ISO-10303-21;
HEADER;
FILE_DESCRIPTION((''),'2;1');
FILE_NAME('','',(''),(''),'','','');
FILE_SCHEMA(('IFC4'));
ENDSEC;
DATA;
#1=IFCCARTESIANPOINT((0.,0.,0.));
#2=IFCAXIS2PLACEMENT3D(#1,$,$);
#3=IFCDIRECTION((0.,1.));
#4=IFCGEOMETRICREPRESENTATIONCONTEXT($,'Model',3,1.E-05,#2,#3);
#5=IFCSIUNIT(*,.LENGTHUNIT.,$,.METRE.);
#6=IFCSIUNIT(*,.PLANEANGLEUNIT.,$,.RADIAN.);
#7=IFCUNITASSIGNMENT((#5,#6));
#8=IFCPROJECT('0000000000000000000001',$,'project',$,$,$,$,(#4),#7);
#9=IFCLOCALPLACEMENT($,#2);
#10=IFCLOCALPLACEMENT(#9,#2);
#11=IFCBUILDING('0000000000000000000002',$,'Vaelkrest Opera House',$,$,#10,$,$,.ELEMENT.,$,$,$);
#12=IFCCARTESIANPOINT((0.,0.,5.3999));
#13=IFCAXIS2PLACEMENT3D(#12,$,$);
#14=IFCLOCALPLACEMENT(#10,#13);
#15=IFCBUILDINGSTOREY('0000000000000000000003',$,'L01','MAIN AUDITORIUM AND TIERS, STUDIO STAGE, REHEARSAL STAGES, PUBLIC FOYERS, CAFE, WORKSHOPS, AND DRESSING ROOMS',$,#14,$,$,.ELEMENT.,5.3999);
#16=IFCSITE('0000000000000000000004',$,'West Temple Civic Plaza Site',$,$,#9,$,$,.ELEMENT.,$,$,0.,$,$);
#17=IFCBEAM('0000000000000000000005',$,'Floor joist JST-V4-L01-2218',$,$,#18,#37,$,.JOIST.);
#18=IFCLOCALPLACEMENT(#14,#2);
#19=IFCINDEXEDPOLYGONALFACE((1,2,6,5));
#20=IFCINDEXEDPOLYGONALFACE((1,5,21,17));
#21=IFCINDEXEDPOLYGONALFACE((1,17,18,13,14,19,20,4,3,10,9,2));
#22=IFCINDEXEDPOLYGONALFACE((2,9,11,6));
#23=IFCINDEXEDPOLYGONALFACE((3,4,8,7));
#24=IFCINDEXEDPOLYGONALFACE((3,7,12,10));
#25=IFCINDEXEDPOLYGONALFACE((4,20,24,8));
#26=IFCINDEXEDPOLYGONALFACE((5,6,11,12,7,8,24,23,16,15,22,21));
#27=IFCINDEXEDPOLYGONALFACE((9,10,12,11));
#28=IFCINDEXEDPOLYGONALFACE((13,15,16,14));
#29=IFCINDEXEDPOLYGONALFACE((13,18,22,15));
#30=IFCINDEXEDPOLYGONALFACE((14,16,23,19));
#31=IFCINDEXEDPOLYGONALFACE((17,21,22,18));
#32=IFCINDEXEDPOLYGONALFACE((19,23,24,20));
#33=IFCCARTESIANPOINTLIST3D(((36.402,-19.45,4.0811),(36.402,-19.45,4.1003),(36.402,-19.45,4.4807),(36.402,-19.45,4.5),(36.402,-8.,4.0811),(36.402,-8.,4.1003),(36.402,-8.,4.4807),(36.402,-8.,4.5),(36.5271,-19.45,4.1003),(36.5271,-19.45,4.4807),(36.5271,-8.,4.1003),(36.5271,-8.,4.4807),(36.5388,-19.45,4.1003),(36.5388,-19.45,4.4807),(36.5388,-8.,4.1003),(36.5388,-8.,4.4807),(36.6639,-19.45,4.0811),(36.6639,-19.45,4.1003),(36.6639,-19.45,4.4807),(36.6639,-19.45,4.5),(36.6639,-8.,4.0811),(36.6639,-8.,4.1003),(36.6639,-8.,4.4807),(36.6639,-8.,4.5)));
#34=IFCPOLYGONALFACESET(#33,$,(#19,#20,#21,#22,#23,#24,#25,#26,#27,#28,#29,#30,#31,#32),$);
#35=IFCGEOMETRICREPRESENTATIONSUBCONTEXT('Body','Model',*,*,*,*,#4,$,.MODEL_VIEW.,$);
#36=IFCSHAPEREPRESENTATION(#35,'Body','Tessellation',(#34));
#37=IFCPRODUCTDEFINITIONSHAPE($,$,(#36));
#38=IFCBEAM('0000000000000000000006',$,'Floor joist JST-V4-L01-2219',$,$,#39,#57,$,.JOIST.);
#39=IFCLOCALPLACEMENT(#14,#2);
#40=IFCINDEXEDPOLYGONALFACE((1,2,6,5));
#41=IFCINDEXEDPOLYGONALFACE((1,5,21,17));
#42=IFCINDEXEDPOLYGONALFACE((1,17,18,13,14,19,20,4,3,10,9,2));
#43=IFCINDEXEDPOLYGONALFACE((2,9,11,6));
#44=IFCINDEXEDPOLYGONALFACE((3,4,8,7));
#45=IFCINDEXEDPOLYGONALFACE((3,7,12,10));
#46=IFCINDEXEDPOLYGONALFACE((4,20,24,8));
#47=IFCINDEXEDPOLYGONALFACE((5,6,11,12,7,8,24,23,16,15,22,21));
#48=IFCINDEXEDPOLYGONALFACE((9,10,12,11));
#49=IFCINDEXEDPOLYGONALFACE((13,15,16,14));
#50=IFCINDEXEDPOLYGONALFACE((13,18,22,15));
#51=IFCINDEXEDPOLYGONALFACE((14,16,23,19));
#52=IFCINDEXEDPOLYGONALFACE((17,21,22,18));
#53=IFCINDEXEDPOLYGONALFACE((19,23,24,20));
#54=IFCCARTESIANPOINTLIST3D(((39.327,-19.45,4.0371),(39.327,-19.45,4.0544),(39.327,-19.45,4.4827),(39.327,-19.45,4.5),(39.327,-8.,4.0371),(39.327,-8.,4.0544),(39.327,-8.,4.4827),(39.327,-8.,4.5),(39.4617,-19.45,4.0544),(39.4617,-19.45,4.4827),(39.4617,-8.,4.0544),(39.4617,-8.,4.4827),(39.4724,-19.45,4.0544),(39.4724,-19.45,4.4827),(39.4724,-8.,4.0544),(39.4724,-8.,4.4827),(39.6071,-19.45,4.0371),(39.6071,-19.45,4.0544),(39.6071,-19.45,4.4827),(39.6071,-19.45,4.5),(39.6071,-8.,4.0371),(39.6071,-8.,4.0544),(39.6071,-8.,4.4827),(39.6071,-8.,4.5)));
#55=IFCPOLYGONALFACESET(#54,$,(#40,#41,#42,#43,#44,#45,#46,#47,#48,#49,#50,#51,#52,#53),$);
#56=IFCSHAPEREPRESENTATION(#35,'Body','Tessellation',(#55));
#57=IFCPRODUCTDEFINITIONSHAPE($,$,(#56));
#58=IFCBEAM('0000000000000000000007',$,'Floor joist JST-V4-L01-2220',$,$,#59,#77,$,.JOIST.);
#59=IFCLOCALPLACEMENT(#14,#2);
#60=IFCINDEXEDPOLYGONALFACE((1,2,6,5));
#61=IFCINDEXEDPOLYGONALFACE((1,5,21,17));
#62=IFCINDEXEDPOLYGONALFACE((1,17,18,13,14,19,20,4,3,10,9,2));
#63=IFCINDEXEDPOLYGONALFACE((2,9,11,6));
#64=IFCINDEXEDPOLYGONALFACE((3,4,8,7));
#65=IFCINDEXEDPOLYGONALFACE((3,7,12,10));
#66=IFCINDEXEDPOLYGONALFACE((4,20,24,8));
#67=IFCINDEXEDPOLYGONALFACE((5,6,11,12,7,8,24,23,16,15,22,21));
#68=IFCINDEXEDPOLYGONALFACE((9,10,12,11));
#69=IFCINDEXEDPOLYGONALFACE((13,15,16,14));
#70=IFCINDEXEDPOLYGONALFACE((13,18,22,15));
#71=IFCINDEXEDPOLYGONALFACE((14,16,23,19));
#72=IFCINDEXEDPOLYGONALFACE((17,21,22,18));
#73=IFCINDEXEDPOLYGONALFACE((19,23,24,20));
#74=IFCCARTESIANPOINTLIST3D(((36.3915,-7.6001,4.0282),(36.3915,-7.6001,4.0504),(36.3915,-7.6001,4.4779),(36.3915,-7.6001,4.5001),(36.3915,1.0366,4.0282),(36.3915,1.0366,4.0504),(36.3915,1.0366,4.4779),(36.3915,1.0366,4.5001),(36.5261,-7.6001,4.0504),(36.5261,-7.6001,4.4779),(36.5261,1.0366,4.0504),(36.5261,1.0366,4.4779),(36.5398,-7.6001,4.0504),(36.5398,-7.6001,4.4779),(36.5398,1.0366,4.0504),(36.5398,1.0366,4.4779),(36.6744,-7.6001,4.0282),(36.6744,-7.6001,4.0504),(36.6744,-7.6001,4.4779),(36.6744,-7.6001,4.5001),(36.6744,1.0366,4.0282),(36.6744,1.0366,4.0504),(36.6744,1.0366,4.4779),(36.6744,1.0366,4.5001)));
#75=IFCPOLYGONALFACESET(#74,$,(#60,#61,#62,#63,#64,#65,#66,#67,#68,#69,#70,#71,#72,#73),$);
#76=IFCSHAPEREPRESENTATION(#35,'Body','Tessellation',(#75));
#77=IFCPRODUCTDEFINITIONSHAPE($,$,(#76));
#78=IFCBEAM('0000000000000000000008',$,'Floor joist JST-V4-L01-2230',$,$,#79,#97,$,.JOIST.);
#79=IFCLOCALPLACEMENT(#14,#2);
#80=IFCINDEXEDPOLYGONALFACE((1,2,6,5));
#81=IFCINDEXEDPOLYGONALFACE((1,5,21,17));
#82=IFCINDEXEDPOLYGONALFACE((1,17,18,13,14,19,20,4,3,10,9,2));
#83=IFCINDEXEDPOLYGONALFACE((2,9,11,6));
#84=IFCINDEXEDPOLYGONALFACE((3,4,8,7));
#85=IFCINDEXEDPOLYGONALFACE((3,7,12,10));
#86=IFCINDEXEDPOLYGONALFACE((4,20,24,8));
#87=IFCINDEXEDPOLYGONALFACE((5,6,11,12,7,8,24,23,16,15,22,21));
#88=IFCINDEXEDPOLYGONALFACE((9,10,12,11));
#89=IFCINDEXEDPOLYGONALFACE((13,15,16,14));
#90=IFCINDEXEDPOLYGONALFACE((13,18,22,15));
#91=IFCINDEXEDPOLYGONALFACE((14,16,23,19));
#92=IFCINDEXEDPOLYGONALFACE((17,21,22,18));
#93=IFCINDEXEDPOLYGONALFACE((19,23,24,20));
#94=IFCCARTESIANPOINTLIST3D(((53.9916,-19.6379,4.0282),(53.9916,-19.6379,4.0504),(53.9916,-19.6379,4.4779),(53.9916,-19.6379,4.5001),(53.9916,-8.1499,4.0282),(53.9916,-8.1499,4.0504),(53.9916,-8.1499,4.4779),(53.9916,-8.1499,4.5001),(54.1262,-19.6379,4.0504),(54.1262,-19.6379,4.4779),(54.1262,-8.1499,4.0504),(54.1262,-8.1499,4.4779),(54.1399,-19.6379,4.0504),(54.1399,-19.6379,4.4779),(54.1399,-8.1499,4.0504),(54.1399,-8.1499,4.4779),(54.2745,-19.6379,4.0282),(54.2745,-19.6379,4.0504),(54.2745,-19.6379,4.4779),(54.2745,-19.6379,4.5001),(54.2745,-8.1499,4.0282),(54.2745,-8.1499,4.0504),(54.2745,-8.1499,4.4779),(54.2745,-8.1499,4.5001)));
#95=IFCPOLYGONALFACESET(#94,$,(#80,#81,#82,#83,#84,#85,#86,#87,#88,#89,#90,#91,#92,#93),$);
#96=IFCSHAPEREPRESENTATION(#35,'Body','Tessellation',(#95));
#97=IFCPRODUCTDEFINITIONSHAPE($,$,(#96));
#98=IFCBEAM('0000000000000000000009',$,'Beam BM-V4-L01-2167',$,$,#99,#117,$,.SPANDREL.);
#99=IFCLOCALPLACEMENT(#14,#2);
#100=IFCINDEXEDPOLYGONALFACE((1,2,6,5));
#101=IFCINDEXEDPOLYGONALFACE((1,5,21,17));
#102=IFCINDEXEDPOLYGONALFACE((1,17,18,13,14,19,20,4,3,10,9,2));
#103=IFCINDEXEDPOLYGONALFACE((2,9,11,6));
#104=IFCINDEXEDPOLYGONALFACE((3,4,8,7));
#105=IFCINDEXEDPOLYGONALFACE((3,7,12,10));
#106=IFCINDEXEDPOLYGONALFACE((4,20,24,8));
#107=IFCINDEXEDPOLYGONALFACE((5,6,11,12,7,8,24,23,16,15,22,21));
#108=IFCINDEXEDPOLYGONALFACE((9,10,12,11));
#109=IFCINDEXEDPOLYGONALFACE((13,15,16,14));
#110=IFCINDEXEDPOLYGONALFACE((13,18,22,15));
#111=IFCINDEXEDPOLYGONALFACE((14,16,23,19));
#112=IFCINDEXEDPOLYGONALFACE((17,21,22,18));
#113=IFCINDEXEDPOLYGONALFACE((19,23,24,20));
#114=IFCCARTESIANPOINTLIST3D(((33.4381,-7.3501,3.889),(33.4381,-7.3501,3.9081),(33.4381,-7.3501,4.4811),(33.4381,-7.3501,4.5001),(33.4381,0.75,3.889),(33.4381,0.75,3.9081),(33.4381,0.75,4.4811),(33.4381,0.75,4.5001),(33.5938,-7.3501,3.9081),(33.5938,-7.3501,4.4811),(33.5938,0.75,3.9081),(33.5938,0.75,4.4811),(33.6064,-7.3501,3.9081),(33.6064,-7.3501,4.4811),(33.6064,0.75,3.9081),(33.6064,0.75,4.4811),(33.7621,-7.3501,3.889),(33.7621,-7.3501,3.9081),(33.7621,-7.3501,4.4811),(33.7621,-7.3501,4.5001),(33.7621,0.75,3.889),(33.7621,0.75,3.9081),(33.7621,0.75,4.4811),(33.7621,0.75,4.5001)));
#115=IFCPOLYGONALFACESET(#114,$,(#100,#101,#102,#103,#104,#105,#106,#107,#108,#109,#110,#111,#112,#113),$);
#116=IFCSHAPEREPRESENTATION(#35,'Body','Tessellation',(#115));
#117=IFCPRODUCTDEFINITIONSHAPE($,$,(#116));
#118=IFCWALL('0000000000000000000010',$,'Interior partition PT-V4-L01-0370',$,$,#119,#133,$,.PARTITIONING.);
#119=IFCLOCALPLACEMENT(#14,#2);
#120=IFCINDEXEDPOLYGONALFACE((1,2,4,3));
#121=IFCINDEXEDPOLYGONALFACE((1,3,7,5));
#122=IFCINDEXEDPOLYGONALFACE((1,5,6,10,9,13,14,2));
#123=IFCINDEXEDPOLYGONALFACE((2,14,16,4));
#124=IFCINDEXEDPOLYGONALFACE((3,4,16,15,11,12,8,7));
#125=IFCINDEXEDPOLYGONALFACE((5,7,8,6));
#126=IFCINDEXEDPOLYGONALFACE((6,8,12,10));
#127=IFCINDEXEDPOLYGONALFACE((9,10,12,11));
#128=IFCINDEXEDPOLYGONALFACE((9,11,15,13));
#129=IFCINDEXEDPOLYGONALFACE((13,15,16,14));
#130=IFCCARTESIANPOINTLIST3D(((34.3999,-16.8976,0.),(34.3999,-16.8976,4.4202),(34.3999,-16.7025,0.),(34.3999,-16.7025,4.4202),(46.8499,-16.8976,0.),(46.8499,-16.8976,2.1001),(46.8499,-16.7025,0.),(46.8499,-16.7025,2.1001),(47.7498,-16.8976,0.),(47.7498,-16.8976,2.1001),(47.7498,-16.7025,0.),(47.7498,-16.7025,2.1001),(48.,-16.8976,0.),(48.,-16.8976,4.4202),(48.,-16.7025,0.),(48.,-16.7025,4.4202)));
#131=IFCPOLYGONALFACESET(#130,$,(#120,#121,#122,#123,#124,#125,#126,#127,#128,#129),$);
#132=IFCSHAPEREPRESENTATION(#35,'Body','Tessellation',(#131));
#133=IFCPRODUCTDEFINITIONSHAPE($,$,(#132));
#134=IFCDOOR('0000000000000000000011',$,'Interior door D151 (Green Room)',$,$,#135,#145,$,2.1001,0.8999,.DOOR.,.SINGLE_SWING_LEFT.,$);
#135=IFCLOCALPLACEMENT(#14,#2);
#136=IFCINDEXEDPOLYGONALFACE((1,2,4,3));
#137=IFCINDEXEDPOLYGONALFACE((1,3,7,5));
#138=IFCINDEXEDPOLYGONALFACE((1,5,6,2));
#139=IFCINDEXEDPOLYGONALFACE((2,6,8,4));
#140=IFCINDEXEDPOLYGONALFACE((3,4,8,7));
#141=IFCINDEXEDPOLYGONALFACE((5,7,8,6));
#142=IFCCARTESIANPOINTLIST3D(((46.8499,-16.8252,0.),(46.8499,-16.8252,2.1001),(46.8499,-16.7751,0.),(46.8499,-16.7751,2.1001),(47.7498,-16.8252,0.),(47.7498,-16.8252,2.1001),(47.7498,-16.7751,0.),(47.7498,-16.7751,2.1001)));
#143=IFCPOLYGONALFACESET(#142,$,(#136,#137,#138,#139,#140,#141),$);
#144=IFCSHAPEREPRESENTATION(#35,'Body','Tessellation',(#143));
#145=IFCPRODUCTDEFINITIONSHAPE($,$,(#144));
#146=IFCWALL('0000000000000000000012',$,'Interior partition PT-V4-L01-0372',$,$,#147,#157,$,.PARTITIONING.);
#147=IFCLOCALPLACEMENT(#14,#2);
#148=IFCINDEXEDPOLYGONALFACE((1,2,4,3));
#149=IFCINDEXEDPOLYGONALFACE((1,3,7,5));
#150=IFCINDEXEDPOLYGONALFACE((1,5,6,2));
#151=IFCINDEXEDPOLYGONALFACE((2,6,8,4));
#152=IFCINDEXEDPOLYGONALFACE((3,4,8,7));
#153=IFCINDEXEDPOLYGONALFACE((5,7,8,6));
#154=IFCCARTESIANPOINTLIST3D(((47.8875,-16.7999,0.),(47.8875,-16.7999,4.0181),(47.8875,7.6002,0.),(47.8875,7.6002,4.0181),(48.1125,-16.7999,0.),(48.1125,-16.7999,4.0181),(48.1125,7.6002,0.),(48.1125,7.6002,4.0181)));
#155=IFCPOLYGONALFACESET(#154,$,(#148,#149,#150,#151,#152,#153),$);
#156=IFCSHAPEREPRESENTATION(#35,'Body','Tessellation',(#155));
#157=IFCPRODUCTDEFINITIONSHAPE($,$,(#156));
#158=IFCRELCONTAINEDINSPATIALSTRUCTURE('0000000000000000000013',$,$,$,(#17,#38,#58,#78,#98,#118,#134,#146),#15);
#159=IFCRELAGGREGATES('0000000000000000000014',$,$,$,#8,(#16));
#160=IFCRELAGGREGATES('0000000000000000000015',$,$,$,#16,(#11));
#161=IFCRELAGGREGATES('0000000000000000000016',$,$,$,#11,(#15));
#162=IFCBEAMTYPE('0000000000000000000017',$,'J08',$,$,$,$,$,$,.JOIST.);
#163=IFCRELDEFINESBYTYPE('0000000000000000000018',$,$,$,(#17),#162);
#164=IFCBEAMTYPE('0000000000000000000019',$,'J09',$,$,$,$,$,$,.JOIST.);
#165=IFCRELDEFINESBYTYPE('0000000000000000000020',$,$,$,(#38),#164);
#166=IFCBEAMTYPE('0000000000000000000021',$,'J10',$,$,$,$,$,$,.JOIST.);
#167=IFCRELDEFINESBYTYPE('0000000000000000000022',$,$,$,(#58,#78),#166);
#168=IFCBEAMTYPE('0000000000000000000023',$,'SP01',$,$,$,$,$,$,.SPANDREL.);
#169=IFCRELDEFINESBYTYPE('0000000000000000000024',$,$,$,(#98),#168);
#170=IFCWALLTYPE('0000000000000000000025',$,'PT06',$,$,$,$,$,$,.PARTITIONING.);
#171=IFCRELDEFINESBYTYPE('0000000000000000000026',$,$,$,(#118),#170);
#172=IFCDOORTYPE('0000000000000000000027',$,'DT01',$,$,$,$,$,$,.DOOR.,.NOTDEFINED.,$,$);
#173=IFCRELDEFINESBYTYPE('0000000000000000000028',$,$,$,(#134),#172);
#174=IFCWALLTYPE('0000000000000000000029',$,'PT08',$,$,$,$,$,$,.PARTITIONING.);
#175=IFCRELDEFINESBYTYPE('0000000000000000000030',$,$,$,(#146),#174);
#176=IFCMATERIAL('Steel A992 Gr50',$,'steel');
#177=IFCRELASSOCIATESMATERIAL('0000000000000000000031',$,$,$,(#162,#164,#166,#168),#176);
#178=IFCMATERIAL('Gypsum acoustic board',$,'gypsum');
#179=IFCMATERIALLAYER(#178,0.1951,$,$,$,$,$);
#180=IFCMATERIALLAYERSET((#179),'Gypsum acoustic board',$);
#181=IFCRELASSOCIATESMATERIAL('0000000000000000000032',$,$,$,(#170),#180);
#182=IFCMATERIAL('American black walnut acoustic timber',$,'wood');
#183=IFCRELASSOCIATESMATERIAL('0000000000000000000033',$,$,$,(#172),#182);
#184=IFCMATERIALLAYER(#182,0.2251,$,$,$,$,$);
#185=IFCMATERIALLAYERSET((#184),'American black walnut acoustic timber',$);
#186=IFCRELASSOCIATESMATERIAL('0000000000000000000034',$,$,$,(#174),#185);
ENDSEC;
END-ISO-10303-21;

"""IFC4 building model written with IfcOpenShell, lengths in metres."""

from ifc_helpers import new_model, si_unit, direction, frame, frame_2d, origin, origin_2d, place, context, subcontext, project, spatial, rectangle, i_section, extrude, material, layer, layer_set, material_profile, profile_set, type_object, element, fill, save


model = new_model("IFC4")

# Units and contexts
model_context = context("Model", 3, precision=1e-05, world=origin(), true_north=direction((0.0, 1.0)))
body_context = subcontext(model_context, "Body", "Model", "MODEL_VIEW")
ifc_project = project(units=[si_unit("LENGTHUNIT", "METRE"), si_unit("PLANEANGLEUNIT", "RADIAN")], contexts=[model_context])

# Site, building, storey
site_placement = place(None, origin())
site = spatial("IfcSite", under=ifc_project, at=site_placement, Name="West Temple Civic Plaza Site", CompositionType="ELEMENT", RefElevation=0.0)
building_placement = place(site_placement, origin())
building = spatial("IfcBuilding", under=site, at=building_placement, Name="Vaelkrest Opera House", CompositionType="ELEMENT")
storey_placement = place(building_placement, frame((0.0, 0.0, 5.3999)))
storey = spatial("IfcBuildingStorey", under=building, at=storey_placement, Name="L01", Description="MAIN AUDITORIUM AND TIERS, STUDIO STAGE, REHEARSAL STAGES, PUBLIC FOYERS, CAFE, WORKSHOPS, AND DRESSING ROOMS", CompositionType="ELEMENT", Elevation=5.3999)

# Beams
ifc_material_1 = material(Name="Steel A992 Gr50", Category="steel")
ifc_material_profile_1 = material_profile(ifc_material_1, i_section(OverallWidth=0.262, OverallDepth=0.4189, WebThickness=0.0117, FlangeThickness=0.0193, at=origin_2d()), Name="W16X77")
ifc_profile_set_1 = profile_set([ifc_material_profile_1], Name="Steel A992 Gr50")
beam_type_1 = type_object("IfcBeamType", Name="J08", PredefinedType="JOIST", material=ifc_profile_set_1)
beam_1_placement = place(storey_placement, frame((36.533, -19.45, 4.2905), z_axis=(0.0, 1.0, 0.0), x_axis=(-1.0, 0.0, 0.0)))
element("IfcBeam", 1, at=beam_1_placement, inside=storey, type_object=beam_type_1, Name="Floor joist JST-V4-L01-2218", PredefinedType="JOIST", context=body_context, shape_type="SweptSolid", body=[
    extrude(i_section(OverallWidth=0.262, OverallDepth=0.4189, WebThickness=0.0117, FlangeThickness=0.0193, at=origin_2d()), origin(), (0.0, 0.0, 1.0), 11.45),
])
ifc_material_profile_2 = material_profile(ifc_material_1, i_section(OverallWidth=0.28, OverallDepth=0.4629, WebThickness=0.0107, FlangeThickness=0.0173, at=origin_2d()), Name="W18X76")
ifc_profile_set_2 = profile_set([ifc_material_profile_2], Name="Steel A992 Gr50")
beam_type_2 = type_object("IfcBeamType", Name="J09", PredefinedType="JOIST", material=ifc_profile_set_2)
beam_2_placement = place(storey_placement, frame((39.467, -19.45, 4.2686), z_axis=(0.0, 1.0, 0.0), x_axis=(-1.0, 0.0, 0.0)))
element("IfcBeam", 2, at=beam_2_placement, inside=storey, type_object=beam_type_2, Name="Floor joist JST-V4-L01-2219", PredefinedType="JOIST", context=body_context, shape_type="SweptSolid", body=[
    extrude(i_section(OverallWidth=0.28, OverallDepth=0.4629, WebThickness=0.0107, FlangeThickness=0.0173, at=origin_2d()), origin(), (0.0, 0.0, 1.0), 11.45),
])
ifc_material_profile_3 = material_profile(ifc_material_1, i_section(OverallWidth=0.283, OverallDepth=0.4719, WebThickness=0.0137, FlangeThickness=0.0222, at=origin_2d()), Name="W18X97")
ifc_profile_set_3 = profile_set([ifc_material_profile_3], Name="Steel A992 Gr50")
beam_type_3 = type_object("IfcBeamType", Name="J10", PredefinedType="JOIST", material=ifc_profile_set_3)
beam_3_placement = place(storey_placement, frame((36.533, -7.6001, 4.2642), z_axis=(0.0, 1.0, 0.0), x_axis=(-1.0, 0.0, 0.0)))
element("IfcBeam", 3, at=beam_3_placement, inside=storey, type_object=beam_type_3, Name="Floor joist JST-V4-L01-2220", PredefinedType="JOIST", context=body_context, shape_type="SweptSolid", body=[
    extrude(i_section(OverallWidth=0.283, OverallDepth=0.4719, WebThickness=0.0137, FlangeThickness=0.0222, at=origin_2d()), origin(), (0.0, 0.0, 1.0), 8.6367),
])
beam_4_placement = place(storey_placement, frame((54.1331, -19.6379, 4.2642), z_axis=(0.0, 1.0, 0.0), x_axis=(-1.0, 0.0, 0.0)))
element("IfcBeam", 4, at=beam_4_placement, inside=storey, type_object=beam_type_3, Name="Floor joist JST-V4-L01-2230", PredefinedType="JOIST", context=body_context, shape_type="SweptSolid", body=[
    extrude(i_section(OverallWidth=0.283, OverallDepth=0.4719, WebThickness=0.0137, FlangeThickness=0.0222, at=origin_2d()), origin(), (0.0, 0.0, 1.0), 11.488),
])
ifc_material_profile_4 = material_profile(ifc_material_1, i_section(OverallWidth=0.324, OverallDepth=0.6111, WebThickness=0.0127, FlangeThickness=0.019, at=origin_2d()), Name="W24X104")
ifc_profile_set_4 = profile_set([ifc_material_profile_4], Name="Steel A992 Gr50")
beam_type_4 = type_object("IfcBeamType", Name="SP01", PredefinedType="SPANDREL", material=ifc_profile_set_4)
beam_5_placement = place(storey_placement, frame((33.6001, -7.3501, 4.1946), z_axis=(0.0, 1.0, 0.0), x_axis=(-1.0, 0.0, 0.0)))
element("IfcBeam", 5, at=beam_5_placement, inside=storey, type_object=beam_type_4, Name="Beam BM-V4-L01-2167", PredefinedType="SPANDREL", context=body_context, shape_type="SweptSolid", body=[
    extrude(i_section(OverallWidth=0.324, OverallDepth=0.6111, WebThickness=0.0127, FlangeThickness=0.019, at=origin_2d()), origin(), (0.0, 0.0, 1.0), 8.1001),
])

# Wall, opening, door
ifc_material_2 = material(Name="Gypsum acoustic board", Category="gypsum")
ifc_layer_1 = layer(ifc_material_2, 0.1951)
ifc_layer_set_1 = layer_set([ifc_layer_1], Name="Gypsum acoustic board")
wall_type_1 = type_object("IfcWallType", Name="PT06", PredefinedType="PARTITIONING", material=ifc_layer_set_1)
wall_1_placement = place(storey_placement, frame((34.3999, -16.8, 0.0), z_axis=(0.0, 0.0, 1.0), x_axis=(1.0, 0.0, 0.0)))
wall_1 = element("IfcWall", 6, at=wall_1_placement, inside=storey, type_object=wall_type_1, Name="Interior partition PT-V4-L01-0370", PredefinedType="PARTITIONING", context=body_context, shape_type="SweptSolid", body=[
    extrude(rectangle(XDim=13.6001, YDim=0.1951, at=frame_2d((6.8, 0.0))), origin(), (0.0, 0.0, 1.0), 4.4202),
])
opening_placement = place(wall_1_placement, frame((12.45, 0.0, 0.0)))
opening = element("IfcOpeningElement", 7, at=opening_placement, cuts=wall_1, PredefinedType="OPENING", context=body_context, shape_type="SweptSolid", body=[
    extrude(rectangle(XDim=0.8999, YDim=2.1001, at=frame_2d((0.45, 1.05))), frame((0.0, 0.1074, 0.0), z_axis=(0.0, -1.0, 0.0), x_axis=(1.0, 0.0, 0.0)), (0.0, 0.0, 1.0), 0.2151),
])
ifc_material_3 = material(Name="American black walnut acoustic timber", Category="wood")
door_type = type_object("IfcDoorType", Name="DT01", OperationType="NOTDEFINED", PredefinedType="DOOR", material=ifc_material_3)
door_placement = place(opening_placement, origin())
door = element("IfcDoor", 8, at=door_placement, inside=storey, type_object=door_type, Name="Interior door D151 (Green Room)", OperationType="SINGLE_SWING_LEFT", OverallHeight=2.1001, OverallWidth=0.8999, PredefinedType="DOOR", context=body_context, shape_type="SweptSolid", body=[
    extrude(rectangle(XDim=0.8999, YDim=2.1001, at=frame_2d((0.45, 1.05))), frame((0.0, 0.0249, 0.0), z_axis=(0.0, -1.0, 0.0), x_axis=(1.0, 0.0, 0.0)), (0.0, 0.0, 1.0), 0.05),
])
fill(opening, door)

# Wall
ifc_layer_2 = layer(ifc_material_3, 0.2251)
ifc_layer_set_2 = layer_set([ifc_layer_2], Name="American black walnut acoustic timber")
wall_type_2 = type_object("IfcWallType", Name="PT08", PredefinedType="PARTITIONING", material=ifc_layer_set_2)
wall_2_placement = place(storey_placement, frame((48.0, -16.8, 0.0), z_axis=(0.0, 0.0, 1.0), x_axis=(0.0, 1.0, 0.0)))
element("IfcWall", 9, at=wall_2_placement, inside=storey, type_object=wall_type_2, Name="Interior partition PT-V4-L01-0372", PredefinedType="PARTITIONING", context=body_context, shape_type="SweptSolid", body=[
    extrude(rectangle(XDim=24.4001, YDim=0.2251, at=frame_2d((12.2002, 0.0))), origin(), (0.0, 0.0, 1.0), 4.0181),
])

save(model, "model.ifc")
